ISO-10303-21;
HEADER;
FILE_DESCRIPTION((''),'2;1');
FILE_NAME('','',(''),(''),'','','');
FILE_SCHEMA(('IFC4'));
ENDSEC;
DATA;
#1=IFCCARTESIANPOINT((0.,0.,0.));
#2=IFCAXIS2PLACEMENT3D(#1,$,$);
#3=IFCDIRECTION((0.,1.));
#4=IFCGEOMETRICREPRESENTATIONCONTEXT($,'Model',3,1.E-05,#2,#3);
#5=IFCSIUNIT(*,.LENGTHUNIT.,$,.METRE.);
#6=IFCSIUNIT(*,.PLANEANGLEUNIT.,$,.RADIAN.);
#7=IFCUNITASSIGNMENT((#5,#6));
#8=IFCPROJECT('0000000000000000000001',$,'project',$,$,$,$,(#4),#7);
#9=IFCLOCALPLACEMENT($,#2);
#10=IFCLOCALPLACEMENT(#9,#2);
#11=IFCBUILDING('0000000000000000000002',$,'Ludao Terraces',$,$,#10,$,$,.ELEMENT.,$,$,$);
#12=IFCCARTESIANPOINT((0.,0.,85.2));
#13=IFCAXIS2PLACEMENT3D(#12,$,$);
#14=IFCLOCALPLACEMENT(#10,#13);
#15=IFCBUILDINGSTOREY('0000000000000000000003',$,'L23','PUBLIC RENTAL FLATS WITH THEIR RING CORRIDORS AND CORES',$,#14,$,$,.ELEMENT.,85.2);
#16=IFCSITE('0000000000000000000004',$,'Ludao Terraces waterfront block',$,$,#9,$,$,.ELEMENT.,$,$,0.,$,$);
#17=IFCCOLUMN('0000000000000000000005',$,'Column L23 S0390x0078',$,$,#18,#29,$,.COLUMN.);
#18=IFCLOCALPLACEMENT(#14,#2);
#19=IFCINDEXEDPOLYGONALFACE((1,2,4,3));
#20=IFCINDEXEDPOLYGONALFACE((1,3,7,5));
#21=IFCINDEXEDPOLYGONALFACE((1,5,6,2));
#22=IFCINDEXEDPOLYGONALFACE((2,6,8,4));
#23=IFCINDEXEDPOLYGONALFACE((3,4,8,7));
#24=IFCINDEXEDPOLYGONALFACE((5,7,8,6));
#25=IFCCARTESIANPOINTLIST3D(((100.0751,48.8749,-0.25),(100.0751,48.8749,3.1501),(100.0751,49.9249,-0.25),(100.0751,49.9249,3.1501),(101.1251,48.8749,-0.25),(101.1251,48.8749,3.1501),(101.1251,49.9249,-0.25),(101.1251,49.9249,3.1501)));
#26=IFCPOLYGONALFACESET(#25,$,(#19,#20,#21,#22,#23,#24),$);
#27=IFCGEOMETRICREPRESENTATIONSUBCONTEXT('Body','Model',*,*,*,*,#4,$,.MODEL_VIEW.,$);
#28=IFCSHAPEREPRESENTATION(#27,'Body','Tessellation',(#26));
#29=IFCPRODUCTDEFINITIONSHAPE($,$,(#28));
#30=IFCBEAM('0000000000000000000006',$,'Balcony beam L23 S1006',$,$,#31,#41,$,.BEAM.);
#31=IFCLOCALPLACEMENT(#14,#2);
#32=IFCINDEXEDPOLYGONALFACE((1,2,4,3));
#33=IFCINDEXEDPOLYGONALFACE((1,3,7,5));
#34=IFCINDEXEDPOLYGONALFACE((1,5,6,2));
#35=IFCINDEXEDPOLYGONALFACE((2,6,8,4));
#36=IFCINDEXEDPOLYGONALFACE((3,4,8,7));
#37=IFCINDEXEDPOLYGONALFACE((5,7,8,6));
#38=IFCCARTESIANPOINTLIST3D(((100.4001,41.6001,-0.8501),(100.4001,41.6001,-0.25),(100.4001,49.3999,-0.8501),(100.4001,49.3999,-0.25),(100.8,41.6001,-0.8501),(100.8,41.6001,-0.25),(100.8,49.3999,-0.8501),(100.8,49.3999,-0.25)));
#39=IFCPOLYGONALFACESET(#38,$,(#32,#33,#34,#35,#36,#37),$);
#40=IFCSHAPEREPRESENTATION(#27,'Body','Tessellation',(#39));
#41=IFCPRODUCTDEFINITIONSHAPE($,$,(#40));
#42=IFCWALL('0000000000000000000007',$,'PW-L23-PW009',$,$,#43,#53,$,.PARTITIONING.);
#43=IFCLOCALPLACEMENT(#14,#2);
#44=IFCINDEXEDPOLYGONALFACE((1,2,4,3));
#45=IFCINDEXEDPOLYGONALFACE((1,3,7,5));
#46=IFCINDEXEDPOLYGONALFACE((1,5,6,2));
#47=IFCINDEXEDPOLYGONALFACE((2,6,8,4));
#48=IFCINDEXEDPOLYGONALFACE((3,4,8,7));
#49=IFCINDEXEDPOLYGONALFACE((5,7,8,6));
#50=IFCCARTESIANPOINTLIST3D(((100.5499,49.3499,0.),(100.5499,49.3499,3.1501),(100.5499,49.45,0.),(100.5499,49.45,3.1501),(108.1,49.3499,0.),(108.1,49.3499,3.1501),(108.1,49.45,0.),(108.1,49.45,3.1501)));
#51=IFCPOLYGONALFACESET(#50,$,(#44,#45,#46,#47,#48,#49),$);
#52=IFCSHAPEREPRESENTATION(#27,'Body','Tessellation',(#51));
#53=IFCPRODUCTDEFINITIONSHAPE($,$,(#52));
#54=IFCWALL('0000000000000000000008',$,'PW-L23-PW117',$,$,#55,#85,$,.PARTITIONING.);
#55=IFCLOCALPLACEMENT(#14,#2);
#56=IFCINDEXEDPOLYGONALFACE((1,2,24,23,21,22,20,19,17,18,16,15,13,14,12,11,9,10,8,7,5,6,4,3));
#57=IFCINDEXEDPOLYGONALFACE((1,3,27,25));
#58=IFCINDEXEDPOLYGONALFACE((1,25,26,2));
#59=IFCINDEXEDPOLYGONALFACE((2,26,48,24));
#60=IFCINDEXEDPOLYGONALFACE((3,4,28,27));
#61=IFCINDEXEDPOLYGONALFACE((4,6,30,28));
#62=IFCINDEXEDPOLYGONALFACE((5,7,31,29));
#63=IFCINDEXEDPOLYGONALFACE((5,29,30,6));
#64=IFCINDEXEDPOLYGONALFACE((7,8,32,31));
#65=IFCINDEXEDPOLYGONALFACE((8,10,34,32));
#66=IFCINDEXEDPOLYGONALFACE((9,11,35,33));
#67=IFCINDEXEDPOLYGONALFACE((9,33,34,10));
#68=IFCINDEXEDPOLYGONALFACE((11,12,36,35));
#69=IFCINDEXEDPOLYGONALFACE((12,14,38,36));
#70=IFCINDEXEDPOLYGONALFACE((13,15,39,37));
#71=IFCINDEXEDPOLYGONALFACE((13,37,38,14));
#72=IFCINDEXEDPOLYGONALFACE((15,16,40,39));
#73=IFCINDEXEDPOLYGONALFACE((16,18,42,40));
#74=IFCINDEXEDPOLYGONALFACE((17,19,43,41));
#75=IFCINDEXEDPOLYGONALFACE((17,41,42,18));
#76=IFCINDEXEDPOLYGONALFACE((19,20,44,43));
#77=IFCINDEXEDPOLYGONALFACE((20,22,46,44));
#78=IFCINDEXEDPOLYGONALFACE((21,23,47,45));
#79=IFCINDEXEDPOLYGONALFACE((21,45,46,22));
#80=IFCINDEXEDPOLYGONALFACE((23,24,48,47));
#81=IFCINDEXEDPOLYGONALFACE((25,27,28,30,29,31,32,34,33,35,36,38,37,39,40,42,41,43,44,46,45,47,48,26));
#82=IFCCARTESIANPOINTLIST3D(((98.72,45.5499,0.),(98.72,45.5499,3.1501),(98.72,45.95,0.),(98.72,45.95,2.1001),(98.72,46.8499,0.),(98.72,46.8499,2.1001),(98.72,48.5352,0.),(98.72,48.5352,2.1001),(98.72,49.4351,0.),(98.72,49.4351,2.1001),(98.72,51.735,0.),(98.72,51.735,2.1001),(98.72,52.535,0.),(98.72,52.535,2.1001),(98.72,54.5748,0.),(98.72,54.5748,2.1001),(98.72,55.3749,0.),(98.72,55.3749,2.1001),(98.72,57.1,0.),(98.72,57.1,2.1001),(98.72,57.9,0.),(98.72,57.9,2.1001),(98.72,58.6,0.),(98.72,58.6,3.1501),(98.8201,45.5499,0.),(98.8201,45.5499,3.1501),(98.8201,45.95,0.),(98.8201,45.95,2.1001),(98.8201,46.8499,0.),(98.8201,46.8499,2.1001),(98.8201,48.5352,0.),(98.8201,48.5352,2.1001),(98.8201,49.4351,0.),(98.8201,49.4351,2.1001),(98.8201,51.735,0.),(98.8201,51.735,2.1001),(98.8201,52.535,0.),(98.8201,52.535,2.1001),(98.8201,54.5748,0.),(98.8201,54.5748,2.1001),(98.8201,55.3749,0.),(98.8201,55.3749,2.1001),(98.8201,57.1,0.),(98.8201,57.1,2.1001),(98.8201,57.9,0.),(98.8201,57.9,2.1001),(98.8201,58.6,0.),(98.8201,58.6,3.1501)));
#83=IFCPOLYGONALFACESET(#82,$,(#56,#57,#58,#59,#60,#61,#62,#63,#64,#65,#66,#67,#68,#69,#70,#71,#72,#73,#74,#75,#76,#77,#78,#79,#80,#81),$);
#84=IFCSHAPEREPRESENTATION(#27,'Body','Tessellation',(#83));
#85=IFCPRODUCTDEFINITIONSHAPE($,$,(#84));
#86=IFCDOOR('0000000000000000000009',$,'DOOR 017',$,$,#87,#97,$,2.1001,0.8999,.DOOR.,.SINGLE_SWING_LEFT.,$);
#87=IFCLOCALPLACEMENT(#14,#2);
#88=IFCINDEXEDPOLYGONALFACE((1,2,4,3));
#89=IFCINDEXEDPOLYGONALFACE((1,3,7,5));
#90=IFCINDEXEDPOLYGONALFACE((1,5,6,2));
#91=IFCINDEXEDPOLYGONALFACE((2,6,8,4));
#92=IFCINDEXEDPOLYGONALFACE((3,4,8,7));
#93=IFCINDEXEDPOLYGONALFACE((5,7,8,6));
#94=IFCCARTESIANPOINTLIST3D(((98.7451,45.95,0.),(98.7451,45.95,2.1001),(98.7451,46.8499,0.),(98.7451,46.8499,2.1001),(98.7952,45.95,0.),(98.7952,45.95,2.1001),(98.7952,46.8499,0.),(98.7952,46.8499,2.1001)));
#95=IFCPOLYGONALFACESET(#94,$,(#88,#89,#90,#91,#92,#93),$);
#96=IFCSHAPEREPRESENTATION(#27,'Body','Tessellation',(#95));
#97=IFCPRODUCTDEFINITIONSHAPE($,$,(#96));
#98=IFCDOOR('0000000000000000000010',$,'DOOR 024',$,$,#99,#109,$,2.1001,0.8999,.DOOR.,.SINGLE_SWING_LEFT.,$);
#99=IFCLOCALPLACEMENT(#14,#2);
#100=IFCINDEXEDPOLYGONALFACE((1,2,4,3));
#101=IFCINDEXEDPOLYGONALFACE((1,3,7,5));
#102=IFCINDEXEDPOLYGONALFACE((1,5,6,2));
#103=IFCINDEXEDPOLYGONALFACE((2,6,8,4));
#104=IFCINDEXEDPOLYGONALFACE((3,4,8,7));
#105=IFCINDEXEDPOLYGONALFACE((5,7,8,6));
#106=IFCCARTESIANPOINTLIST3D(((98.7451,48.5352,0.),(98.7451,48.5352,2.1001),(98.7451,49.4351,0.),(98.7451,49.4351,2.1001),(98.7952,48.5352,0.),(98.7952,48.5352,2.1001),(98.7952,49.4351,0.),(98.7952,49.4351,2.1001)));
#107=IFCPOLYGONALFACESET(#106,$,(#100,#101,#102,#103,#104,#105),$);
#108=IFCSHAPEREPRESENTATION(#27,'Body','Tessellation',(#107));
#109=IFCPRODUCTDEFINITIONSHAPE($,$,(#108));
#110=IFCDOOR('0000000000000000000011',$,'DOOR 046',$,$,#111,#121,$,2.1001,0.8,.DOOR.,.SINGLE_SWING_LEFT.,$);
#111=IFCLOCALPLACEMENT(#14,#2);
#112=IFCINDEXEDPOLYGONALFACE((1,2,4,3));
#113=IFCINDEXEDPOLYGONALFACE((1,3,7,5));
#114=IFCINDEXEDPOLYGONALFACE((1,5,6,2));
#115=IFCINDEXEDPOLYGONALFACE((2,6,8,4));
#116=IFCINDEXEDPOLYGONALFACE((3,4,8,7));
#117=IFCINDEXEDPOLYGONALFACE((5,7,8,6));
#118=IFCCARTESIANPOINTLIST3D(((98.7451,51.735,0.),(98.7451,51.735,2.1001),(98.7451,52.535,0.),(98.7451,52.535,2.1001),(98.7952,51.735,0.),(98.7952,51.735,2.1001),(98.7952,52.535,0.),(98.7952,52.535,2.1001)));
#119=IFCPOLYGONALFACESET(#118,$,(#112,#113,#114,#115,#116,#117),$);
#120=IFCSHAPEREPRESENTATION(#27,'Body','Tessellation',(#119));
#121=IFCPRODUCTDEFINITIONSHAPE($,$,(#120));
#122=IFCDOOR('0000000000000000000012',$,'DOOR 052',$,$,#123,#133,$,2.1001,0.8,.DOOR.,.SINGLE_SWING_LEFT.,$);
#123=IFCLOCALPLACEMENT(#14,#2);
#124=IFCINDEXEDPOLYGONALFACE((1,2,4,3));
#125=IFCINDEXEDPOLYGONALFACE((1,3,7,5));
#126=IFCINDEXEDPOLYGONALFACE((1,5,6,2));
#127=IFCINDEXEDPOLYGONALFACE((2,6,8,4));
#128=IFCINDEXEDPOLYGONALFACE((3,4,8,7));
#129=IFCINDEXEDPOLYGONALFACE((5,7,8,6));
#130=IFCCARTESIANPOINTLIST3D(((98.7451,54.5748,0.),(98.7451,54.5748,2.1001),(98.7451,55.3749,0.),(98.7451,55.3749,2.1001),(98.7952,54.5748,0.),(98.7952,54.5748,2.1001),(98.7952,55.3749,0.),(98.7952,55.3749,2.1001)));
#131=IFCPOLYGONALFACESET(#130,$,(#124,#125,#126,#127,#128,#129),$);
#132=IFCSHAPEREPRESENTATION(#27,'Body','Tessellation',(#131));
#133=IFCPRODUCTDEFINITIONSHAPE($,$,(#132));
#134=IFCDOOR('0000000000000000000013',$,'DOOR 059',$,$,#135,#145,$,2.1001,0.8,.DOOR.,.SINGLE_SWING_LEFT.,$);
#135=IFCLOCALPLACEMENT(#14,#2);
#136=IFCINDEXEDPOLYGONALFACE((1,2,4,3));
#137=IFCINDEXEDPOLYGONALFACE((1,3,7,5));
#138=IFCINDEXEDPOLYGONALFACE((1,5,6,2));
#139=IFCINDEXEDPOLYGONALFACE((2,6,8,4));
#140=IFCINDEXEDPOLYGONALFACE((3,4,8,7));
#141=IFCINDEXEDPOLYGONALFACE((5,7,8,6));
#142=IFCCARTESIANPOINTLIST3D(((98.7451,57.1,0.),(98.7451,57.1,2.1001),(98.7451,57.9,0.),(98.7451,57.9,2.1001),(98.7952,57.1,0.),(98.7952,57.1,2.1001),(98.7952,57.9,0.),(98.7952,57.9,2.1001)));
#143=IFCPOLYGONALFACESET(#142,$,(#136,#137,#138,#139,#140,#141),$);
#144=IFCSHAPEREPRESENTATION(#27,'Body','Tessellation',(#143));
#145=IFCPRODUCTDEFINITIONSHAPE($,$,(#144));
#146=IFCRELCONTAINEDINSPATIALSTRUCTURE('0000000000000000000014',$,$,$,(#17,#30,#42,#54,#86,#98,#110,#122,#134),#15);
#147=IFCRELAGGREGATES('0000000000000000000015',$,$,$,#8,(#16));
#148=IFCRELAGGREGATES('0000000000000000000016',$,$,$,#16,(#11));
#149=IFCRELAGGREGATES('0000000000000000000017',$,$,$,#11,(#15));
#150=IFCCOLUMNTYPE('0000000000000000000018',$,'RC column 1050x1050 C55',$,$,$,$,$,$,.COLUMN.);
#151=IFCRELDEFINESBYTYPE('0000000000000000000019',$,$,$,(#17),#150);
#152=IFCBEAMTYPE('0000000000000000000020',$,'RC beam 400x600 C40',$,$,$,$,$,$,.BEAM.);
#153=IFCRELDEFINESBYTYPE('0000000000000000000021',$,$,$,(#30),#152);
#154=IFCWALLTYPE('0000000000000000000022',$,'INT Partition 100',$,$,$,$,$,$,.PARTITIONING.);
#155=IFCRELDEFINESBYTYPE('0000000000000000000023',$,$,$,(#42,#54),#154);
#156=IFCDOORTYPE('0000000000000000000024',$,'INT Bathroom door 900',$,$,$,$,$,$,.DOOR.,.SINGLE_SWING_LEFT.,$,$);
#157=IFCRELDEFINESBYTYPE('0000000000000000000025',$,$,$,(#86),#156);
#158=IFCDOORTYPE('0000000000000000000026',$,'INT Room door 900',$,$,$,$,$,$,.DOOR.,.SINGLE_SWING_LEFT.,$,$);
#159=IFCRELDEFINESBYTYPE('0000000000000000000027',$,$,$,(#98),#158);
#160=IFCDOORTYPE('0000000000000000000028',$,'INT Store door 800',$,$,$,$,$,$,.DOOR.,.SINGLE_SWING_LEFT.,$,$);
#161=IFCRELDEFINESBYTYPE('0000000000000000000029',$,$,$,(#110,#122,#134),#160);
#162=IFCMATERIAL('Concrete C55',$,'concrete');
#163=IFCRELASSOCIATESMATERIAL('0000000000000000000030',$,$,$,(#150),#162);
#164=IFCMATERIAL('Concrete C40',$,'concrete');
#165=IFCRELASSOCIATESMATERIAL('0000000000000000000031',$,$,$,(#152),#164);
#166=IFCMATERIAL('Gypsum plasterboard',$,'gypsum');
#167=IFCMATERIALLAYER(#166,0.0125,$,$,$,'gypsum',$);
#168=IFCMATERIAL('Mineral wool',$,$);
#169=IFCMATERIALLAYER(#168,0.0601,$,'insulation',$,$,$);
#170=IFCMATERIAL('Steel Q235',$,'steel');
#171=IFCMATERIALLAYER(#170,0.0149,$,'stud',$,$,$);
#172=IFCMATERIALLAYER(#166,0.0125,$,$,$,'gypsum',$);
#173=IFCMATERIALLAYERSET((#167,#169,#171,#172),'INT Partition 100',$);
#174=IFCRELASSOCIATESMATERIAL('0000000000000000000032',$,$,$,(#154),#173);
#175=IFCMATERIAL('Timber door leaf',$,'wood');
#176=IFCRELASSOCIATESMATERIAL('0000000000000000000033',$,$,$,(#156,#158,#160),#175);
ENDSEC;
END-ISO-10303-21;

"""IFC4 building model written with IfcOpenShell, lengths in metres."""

from ifc_helpers import new_model, si_unit, direction, frame, frame_2d, origin, origin_2d, place, context, subcontext, project, spatial, rectangle, extrude, material, layer, layer_set, material_profile, profile_set, type_object, element, fill, save


model = new_model("IFC4")

# Units and contexts
model_context = context("Model", 3, precision=1e-05, world=origin(), true_north=direction((0.0, 1.0)))
body_context = subcontext(model_context, "Body", "Model", "MODEL_VIEW")
ifc_project = project(units=[si_unit("LENGTHUNIT", "METRE"), si_unit("PLANEANGLEUNIT", "RADIAN")], contexts=[model_context])

# Site, building, storey
site_placement = place(None, origin())
site = spatial("IfcSite", under=ifc_project, at=site_placement, Name="Ludao Terraces waterfront block", CompositionType="ELEMENT", RefElevation=0.0)
building_placement = place(site_placement, origin())
building = spatial("IfcBuilding", under=site, at=building_placement, Name="Ludao Terraces", CompositionType="ELEMENT")
storey_placement = place(building_placement, frame((0.0, 0.0, 85.2)))
storey = spatial("IfcBuildingStorey", under=building, at=storey_placement, Name="L23", Description="PUBLIC RENTAL FLATS WITH THEIR RING CORRIDORS AND CORES", CompositionType="ELEMENT", Elevation=85.2)

# Column
ifc_material_1 = material(Name="Concrete C55", Category="concrete")
ifc_material_profile_1 = material_profile(ifc_material_1, rectangle(XDim=1.05, YDim=1.05, at=origin_2d()), Name="1050 X 1050")
ifc_profile_set_1 = profile_set([ifc_material_profile_1], Name="Concrete C55")
column_type = type_object("IfcColumnType", Name="RC column 1050x1050 C55", PredefinedType="COLUMN", material=ifc_profile_set_1)
column_placement = place(storey_placement, frame((100.6001, 49.3999, -0.25), z_axis=(0.0, 0.0, 1.0), x_axis=(1.0, 0.0, 0.0)))
element("IfcColumn", 1, at=column_placement, inside=storey, type_object=column_type, Name="Column L23 S0390x0078", PredefinedType="COLUMN", context=body_context, shape_type="SweptSolid", body=[
    extrude(rectangle(XDim=1.05, YDim=1.05, at=origin_2d()), origin(), (0.0, 0.0, 1.0), 3.4001),
])

# Beam
ifc_material_2 = material(Name="Concrete C40", Category="concrete")
ifc_material_profile_2 = material_profile(ifc_material_2, rectangle(XDim=0.3999, YDim=0.6001, at=origin_2d()), Name="400 X 600")
ifc_profile_set_2 = profile_set([ifc_material_profile_2], Name="Concrete C40")
beam_type = type_object("IfcBeamType", Name="RC beam 400x600 C40", PredefinedType="BEAM", material=ifc_profile_set_2)
beam_placement = place(storey_placement, frame((100.6001, 49.3999, -0.55), z_axis=(0.0, -1.0, 0.0), x_axis=(1.0, 0.0, 0.0)))
element("IfcBeam", 2, at=beam_placement, inside=storey, type_object=beam_type, Name="Balcony beam L23 S1006", PredefinedType="BEAM", context=body_context, shape_type="SweptSolid", body=[
    extrude(rectangle(XDim=0.3999, YDim=0.6001, at=origin_2d()), origin(), (0.0, 0.0, 1.0), 7.7998),
])

# Wall
ifc_material_3 = material(Name="Gypsum plasterboard", Category="gypsum")
ifc_layer_1 = layer(ifc_material_3, 0.0125, Category="gypsum")
ifc_material_4 = material(Name="Mineral wool")
ifc_layer_2 = layer(ifc_material_4, 0.0601, Name="insulation")
ifc_material_5 = material(Name="Steel Q235", Category="steel")
ifc_layer_3 = layer(ifc_material_5, 0.0149, Name="stud")
ifc_layer_4 = layer(ifc_material_3, 0.0125, Category="gypsum")
ifc_layer_set = layer_set([ifc_layer_1, ifc_layer_2, ifc_layer_3, ifc_layer_4], Name="INT Partition 100")
wall_type = type_object("IfcWallType", Name="INT Partition 100", PredefinedType="PARTITIONING", material=ifc_layer_set)
wall_1_placement = place(storey_placement, frame((100.55, 49.3999, 0.0), z_axis=(0.0, 0.0, 1.0), x_axis=(1.0, 0.0, 0.0)))
element("IfcWall", 3, at=wall_1_placement, inside=storey, type_object=wall_type, Name="PW-L23-PW009", PredefinedType="PARTITIONING", context=body_context, shape_type="SweptSolid", body=[
    extrude(rectangle(XDim=7.55, YDim=0.1001, at=frame_2d((3.7749, 0.0))), origin(), (0.0, 0.0, 1.0), 3.1501),
])

# Wall, openings, doors
wall_2_placement = place(storey_placement, frame((98.77, 45.55, 0.0), z_axis=(0.0, 0.0, 1.0), x_axis=(0.0, 1.0, 0.0)))
wall_2 = element("IfcWall", 4, at=wall_2_placement, inside=storey, type_object=wall_type, Name="PW-L23-PW117", PredefinedType="PARTITIONING", context=body_context, shape_type="SweptSolid", body=[
    extrude(rectangle(XDim=13.05, YDim=0.1001, at=frame_2d((6.5249, 0.0))), origin(), (0.0, 0.0, 1.0), 3.1501),
])
opening_1_placement = place(wall_2_placement, frame((0.3999, 0.0, 0.0)))
opening_1 = element("IfcOpeningElement", 5, at=opening_1_placement, cuts=wall_2, PredefinedType="OPENING", context=body_context, shape_type="SweptSolid", body=[
    extrude(rectangle(XDim=0.8999, YDim=2.1001, at=frame_2d((0.45, 1.05))), frame((0.0, 0.0601, 0.0), z_axis=(0.0, -1.0, 0.0), x_axis=(1.0, 0.0, 0.0)), (0.0, 0.0, 1.0), 0.1201),
])
opening_2_placement = place(wall_2_placement, frame((2.9851, 0.0, 0.0)))
opening_2 = element("IfcOpeningElement", 6, at=opening_2_placement, cuts=wall_2, PredefinedType="OPENING", context=body_context, shape_type="SweptSolid", body=[
    extrude(rectangle(XDim=0.8999, YDim=2.1001, at=frame_2d((0.45, 1.05))), frame((0.0, 0.0601, 0.0), z_axis=(0.0, -1.0, 0.0), x_axis=(1.0, 0.0, 0.0)), (0.0, 0.0, 1.0), 0.1201),
])
opening_3_placement = place(wall_2_placement, frame((6.1851, 0.0, 0.0)))
opening_3 = element("IfcOpeningElement", 7, at=opening_3_placement, cuts=wall_2, PredefinedType="OPENING", context=body_context, shape_type="SweptSolid", body=[
    extrude(rectangle(XDim=0.8, YDim=2.1001, at=frame_2d((0.3999, 1.05))), frame((0.0, 0.0601, 0.0), z_axis=(0.0, -1.0, 0.0), x_axis=(1.0, 0.0, 0.0)), (0.0, 0.0, 1.0), 0.1201),
])
opening_4_placement = place(wall_2_placement, frame((9.0249, 0.0, 0.0)))
opening_4 = element("IfcOpeningElement", 8, at=opening_4_placement, cuts=wall_2, PredefinedType="OPENING", context=body_context, shape_type="SweptSolid", body=[
    extrude(rectangle(XDim=0.8, YDim=2.1001, at=frame_2d((0.3999, 1.05))), frame((0.0, 0.0601, 0.0), z_axis=(0.0, -1.0, 0.0), x_axis=(1.0, 0.0, 0.0)), (0.0, 0.0, 1.0), 0.1201),
])
opening_5_placement = place(wall_2_placement, frame((11.55, 0.0, 0.0)))
opening_5 = element("IfcOpeningElement", 9, at=opening_5_placement, cuts=wall_2, PredefinedType="OPENING", context=body_context, shape_type="SweptSolid", body=[
    extrude(rectangle(XDim=0.8, YDim=2.1001, at=frame_2d((0.3999, 1.05))), frame((0.0, 0.0601, 0.0), z_axis=(0.0, -1.0, 0.0), x_axis=(1.0, 0.0, 0.0)), (0.0, 0.0, 1.0), 0.1201),
])
ifc_material_6 = material(Name="Timber door leaf", Category="wood")
door_type_1 = type_object("IfcDoorType", Name="INT Bathroom door 900", OperationType="SINGLE_SWING_LEFT", PredefinedType="DOOR", material=ifc_material_6)
door_1_placement = place(opening_1_placement, origin())
door_1 = element("IfcDoor", 10, at=door_1_placement, inside=storey, type_object=door_type_1, Name="DOOR 017", OperationType="SINGLE_SWING_LEFT", OverallHeight=2.1001, OverallWidth=0.8999, PredefinedType="DOOR", context=body_context, shape_type="SweptSolid", body=[
    extrude(rectangle(XDim=0.8999, YDim=2.1001, at=frame_2d((0.45, 1.05))), frame((0.0, 0.0249, 0.0), z_axis=(0.0, -1.0, 0.0), x_axis=(1.0, 0.0, 0.0)), (0.0, 0.0, 1.0), 0.05),
])
fill(opening_1, door_1)
door_type_2 = type_object("IfcDoorType", Name="INT Room door 900", OperationType="SINGLE_SWING_LEFT", PredefinedType="DOOR", material=ifc_material_6)
door_2_placement = place(opening_2_placement, origin())
door_2 = element("IfcDoor", 11, at=door_2_placement, inside=storey, type_object=door_type_2, Name="DOOR 024", OperationType="SINGLE_SWING_LEFT", OverallHeight=2.1001, OverallWidth=0.8999, PredefinedType="DOOR", context=body_context, shape_type="SweptSolid", body=[
    extrude(rectangle(XDim=0.8999, YDim=2.1001, at=frame_2d((0.45, 1.05))), frame((0.0, 0.0249, 0.0), z_axis=(0.0, -1.0, 0.0), x_axis=(1.0, 0.0, 0.0)), (0.0, 0.0, 1.0), 0.05),
])
fill(opening_2, door_2)
door_type_3 = type_object("IfcDoorType", Name="INT Store door 800", OperationType="SINGLE_SWING_LEFT", PredefinedType="DOOR", material=ifc_material_6)
door_3_placement = place(opening_3_placement, origin())
door_3 = element("IfcDoor", 12, at=door_3_placement, inside=storey, type_object=door_type_3, Name="DOOR 046", OperationType="SINGLE_SWING_LEFT", OverallHeight=2.1001, OverallWidth=0.8, PredefinedType="DOOR", context=body_context, shape_type="SweptSolid", body=[
    extrude(rectangle(XDim=0.8, YDim=2.1001, at=frame_2d((0.3999, 1.05))), frame((0.0, 0.0249, 0.0), z_axis=(0.0, -1.0, 0.0), x_axis=(1.0, 0.0, 0.0)), (0.0, 0.0, 1.0), 0.05),
])
fill(opening_3, door_3)
door_4_placement = place(opening_4_placement, origin())
door_4 = element("IfcDoor", 13, at=door_4_placement, inside=storey, type_object=door_type_3, Name="DOOR 052", OperationType="SINGLE_SWING_LEFT", OverallHeight=2.1001, OverallWidth=0.8, PredefinedType="DOOR", context=body_context, shape_type="SweptSolid", body=[
    extrude(rectangle(XDim=0.8, YDim=2.1001, at=frame_2d((0.3999, 1.05))), frame((0.0, 0.0249, 0.0), z_axis=(0.0, -1.0, 0.0), x_axis=(1.0, 0.0, 0.0)), (0.0, 0.0, 1.0), 0.05),
])
fill(opening_4, door_4)
door_5_placement = place(opening_5_placement, origin())
door_5 = element("IfcDoor", 14, at=door_5_placement, inside=storey, type_object=door_type_3, Name="DOOR 059", OperationType="SINGLE_SWING_LEFT", OverallHeight=2.1001, OverallWidth=0.8, PredefinedType="DOOR", context=body_context, shape_type="SweptSolid", body=[
    extrude(rectangle(XDim=0.8, YDim=2.1001, at=frame_2d((0.3999, 1.05))), frame((0.0, 0.0249, 0.0), z_axis=(0.0, -1.0, 0.0), x_axis=(1.0, 0.0, 0.0)), (0.0, 0.0, 1.0), 0.05),
])
fill(opening_5, door_5)

save(model, "model.ifc")
